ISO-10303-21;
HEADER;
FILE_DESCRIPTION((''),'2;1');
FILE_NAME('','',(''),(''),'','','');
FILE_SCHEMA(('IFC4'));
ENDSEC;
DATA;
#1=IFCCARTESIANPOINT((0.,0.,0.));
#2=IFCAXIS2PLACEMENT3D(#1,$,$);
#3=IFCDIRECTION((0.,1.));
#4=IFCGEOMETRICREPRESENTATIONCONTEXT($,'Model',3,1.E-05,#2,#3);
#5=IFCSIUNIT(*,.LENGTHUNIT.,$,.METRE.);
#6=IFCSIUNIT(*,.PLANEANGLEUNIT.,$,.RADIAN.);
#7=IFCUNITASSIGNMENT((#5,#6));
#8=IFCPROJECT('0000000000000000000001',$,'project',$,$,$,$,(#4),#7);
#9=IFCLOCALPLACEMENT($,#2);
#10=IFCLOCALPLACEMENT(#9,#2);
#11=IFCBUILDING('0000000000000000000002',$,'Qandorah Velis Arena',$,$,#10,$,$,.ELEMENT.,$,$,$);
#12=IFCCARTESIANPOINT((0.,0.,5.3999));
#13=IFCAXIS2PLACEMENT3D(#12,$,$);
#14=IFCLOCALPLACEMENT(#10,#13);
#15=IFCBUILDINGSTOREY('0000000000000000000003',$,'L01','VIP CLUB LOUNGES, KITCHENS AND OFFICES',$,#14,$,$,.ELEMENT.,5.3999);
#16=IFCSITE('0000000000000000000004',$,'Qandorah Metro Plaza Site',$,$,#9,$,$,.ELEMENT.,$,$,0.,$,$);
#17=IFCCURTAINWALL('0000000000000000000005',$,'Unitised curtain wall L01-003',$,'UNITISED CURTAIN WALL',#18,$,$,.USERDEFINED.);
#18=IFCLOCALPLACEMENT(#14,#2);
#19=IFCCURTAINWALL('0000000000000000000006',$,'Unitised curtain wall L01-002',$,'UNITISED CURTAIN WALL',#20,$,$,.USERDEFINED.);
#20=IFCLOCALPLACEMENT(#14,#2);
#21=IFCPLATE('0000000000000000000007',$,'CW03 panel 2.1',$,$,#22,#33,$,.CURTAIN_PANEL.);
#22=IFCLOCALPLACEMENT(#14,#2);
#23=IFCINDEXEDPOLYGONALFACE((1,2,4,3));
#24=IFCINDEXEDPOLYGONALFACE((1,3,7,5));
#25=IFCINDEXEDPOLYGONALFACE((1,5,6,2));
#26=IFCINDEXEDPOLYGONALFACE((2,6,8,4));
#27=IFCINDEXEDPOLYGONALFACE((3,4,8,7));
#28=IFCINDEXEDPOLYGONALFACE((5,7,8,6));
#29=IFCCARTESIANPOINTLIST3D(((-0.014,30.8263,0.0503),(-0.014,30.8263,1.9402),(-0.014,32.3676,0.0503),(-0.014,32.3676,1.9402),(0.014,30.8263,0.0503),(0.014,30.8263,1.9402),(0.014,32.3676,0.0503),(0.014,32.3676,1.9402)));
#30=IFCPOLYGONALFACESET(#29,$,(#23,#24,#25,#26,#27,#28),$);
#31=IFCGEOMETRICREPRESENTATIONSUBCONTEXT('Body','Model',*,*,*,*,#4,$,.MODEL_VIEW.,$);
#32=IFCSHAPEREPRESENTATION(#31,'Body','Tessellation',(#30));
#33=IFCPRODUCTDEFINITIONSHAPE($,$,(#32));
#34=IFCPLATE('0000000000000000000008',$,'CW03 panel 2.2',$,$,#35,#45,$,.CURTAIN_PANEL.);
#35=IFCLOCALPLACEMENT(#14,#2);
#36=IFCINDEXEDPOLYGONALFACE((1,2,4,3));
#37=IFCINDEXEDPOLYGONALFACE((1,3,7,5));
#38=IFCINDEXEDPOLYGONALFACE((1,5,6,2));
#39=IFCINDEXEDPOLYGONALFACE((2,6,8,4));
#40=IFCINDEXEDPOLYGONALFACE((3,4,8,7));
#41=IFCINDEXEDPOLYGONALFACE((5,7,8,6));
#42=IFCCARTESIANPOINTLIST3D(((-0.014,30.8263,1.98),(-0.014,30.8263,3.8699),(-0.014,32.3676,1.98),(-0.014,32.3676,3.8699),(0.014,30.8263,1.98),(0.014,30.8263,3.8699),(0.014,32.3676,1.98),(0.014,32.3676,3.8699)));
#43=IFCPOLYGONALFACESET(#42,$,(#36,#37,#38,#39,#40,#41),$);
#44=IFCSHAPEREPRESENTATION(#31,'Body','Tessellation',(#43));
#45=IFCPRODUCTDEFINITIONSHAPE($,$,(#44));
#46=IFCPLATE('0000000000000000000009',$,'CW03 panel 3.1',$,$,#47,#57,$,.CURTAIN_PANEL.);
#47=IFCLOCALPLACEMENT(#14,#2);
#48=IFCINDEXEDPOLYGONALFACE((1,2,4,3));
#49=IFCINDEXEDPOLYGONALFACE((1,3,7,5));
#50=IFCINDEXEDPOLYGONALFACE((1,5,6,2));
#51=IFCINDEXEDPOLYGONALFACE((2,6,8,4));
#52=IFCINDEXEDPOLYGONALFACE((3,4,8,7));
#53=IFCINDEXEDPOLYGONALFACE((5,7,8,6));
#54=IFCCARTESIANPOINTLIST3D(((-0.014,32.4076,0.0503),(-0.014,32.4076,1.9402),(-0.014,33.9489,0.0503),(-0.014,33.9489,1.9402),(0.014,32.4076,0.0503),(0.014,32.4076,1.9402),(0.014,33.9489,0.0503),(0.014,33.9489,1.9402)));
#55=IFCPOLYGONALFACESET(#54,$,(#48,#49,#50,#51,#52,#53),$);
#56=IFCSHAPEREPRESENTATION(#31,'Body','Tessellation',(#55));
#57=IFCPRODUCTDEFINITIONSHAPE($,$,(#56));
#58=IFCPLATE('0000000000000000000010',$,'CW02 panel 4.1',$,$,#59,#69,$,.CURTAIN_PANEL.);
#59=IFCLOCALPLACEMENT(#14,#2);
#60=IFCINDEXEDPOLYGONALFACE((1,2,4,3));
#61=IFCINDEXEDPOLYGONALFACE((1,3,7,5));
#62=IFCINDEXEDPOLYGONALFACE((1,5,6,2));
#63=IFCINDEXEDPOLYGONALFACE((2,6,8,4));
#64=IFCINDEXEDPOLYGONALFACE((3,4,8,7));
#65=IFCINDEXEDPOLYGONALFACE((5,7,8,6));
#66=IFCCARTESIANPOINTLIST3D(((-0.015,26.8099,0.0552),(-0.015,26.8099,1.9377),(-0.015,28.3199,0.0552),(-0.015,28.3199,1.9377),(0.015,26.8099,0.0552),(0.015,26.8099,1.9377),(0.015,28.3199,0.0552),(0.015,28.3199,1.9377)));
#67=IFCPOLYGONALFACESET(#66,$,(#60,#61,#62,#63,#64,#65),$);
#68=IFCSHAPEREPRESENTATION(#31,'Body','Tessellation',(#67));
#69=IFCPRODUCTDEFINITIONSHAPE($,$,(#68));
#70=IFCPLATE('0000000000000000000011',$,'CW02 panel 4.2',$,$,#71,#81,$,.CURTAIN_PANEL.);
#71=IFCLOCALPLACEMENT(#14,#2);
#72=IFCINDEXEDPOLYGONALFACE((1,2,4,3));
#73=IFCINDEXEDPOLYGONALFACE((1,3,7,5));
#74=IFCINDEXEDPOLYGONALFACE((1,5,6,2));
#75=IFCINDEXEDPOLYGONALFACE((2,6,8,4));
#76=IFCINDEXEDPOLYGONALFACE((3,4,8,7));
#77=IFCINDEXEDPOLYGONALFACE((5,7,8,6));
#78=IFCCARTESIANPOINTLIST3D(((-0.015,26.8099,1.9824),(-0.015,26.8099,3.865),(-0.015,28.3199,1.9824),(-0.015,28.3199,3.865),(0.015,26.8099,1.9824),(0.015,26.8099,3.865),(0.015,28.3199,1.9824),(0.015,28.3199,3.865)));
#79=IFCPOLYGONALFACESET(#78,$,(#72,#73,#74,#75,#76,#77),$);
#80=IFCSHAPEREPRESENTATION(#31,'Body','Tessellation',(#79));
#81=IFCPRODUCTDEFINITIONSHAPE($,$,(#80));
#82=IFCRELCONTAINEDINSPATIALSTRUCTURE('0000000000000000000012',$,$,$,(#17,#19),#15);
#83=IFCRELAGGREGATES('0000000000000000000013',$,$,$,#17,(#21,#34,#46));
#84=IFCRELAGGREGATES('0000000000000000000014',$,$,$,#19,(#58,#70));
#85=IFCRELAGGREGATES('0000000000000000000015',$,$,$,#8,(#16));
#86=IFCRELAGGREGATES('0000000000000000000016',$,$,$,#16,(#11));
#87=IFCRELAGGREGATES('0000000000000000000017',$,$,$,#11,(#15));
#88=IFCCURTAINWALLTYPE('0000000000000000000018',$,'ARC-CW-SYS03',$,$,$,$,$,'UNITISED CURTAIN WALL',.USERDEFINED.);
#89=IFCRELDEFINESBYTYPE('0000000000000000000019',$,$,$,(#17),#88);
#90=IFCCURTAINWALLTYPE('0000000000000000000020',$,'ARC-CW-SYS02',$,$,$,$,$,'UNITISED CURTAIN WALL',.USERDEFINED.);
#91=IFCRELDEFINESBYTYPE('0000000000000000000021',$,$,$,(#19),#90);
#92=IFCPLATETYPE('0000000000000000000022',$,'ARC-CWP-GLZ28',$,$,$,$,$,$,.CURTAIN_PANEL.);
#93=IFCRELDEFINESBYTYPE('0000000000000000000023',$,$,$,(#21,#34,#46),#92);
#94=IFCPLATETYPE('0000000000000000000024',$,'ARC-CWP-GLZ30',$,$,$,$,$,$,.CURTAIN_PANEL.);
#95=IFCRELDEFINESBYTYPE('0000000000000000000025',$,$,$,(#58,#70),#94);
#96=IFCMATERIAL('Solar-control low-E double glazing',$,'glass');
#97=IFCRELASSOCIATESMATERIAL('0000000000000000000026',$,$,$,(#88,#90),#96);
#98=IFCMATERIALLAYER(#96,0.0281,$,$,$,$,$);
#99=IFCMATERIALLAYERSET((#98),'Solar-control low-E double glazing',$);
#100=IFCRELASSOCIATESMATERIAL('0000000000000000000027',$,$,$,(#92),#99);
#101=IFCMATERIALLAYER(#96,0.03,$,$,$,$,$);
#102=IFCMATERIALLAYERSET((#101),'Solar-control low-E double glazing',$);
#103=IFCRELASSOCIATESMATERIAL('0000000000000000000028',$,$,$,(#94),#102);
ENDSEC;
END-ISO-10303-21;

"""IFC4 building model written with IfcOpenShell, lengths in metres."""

from ifc_helpers import new_model, si_unit, direction, frame, origin, origin_2d, place, context, subcontext, project, spatial, rectangle, extrude, material, layer, layer_set, type_object, element, aggregate, save


model = new_model("IFC4")

# Units and contexts
model_context = context("Model", 3, precision=1e-05, world=origin(), true_north=direction((0.0, 1.0)))
body_context = subcontext(model_context, "Body", "Model", "MODEL_VIEW")
ifc_project = project(units=[si_unit("LENGTHUNIT", "METRE"), si_unit("PLANEANGLEUNIT", "RADIAN")], contexts=[model_context])

# Site, building, storey
site_placement = place(None, origin())
site = spatial("IfcSite", under=ifc_project, at=site_placement, Name="Qandorah Metro Plaza Site", CompositionType="ELEMENT", RefElevation=0.0)
building_placement = place(site_placement, origin())
building = spatial("IfcBuilding", under=site, at=building_placement, Name="Qandorah Velis Arena", CompositionType="ELEMENT")
storey_placement = place(building_placement, frame((0.0, 0.0, 5.3999)))
storey = spatial("IfcBuildingStorey", under=building, at=storey_placement, Name="L01", Description="VIP CLUB LOUNGES, KITCHENS AND OFFICES", CompositionType="ELEMENT", Elevation=5.3999)

# Curtain wall
ifc_material_1 = material(Name="Solar-control low-E double glazing", Category="glass")
curtain_wall_type_1 = type_object("IfcCurtainWallType", Name="ARC-CW-SYS03", ElementType="UNITISED CURTAIN WALL", PredefinedType="USERDEFINED", material=ifc_material_1)
curtain_wall_1_placement = place(storey_placement, origin())
curtain_wall_1 = element("IfcCurtainWall", 1, at=curtain_wall_1_placement, inside=storey, type_object=curtain_wall_type_1, Name="Unitised curtain wall L01-003", ObjectType="UNITISED CURTAIN WALL", PredefinedType="USERDEFINED")

# Curtain wall
curtain_wall_type_2 = type_object("IfcCurtainWallType", Name="ARC-CW-SYS02", ElementType="UNITISED CURTAIN WALL", PredefinedType="USERDEFINED", material=ifc_material_1)
curtain_wall_2_placement = place(storey_placement, origin())
curtain_wall_2 = element("IfcCurtainWall", 2, at=curtain_wall_2_placement, inside=storey, type_object=curtain_wall_type_2, Name="Unitised curtain wall L01-002", ObjectType="UNITISED CURTAIN WALL", PredefinedType="USERDEFINED")

# Plates
ifc_layer_1 = layer(ifc_material_1, 0.0281)
ifc_layer_set_1 = layer_set([ifc_layer_1], Name="Solar-control low-E double glazing")
plate_type_1 = type_object("IfcPlateType", Name="ARC-CWP-GLZ28", PredefinedType="CURTAIN_PANEL", material=ifc_layer_set_1)
plate_1_placement = place(storey_placement, frame((0.0, 31.5969, 0.0503), z_axis=(0.0, 0.0, 1.0), x_axis=(0.0, 1.0, 0.0)))
plate_1 = element("IfcPlate", 3, at=plate_1_placement, type_object=plate_type_1, Name="CW03 panel 2.1", PredefinedType="CURTAIN_PANEL", context=body_context, shape_type="SweptSolid", body=[
    extrude(rectangle(XDim=1.5413, YDim=0.0281, at=origin_2d()), origin(), (0.0, 0.0, 1.0), 1.8899),
])
plate_2_placement = place(storey_placement, frame((0.0, 31.5969, 1.98), z_axis=(0.0, 0.0, 1.0), x_axis=(0.0, 1.0, 0.0)))
plate_2 = element("IfcPlate", 4, at=plate_2_placement, type_object=plate_type_1, Name="CW03 panel 2.2", PredefinedType="CURTAIN_PANEL", context=body_context, shape_type="SweptSolid", body=[
    extrude(rectangle(XDim=1.5413, YDim=0.0281, at=origin_2d()), origin(), (0.0, 0.0, 1.0), 1.8899),
])
plate_3_placement = place(storey_placement, frame((0.0, 33.1782, 0.0503), z_axis=(0.0, 0.0, 1.0), x_axis=(0.0, 1.0, 0.0)))
plate_3 = element("IfcPlate", 5, at=plate_3_placement, type_object=plate_type_1, Name="CW03 panel 3.1", PredefinedType="CURTAIN_PANEL", context=body_context, shape_type="SweptSolid", body=[
    extrude(rectangle(XDim=1.5413, YDim=0.0281, at=origin_2d()), origin(), (0.0, 0.0, 1.0), 1.8899),
])
aggregate(curtain_wall_1, [plate_1, plate_2, plate_3])
ifc_layer_2 = layer(ifc_material_1, 0.03)
ifc_layer_set_2 = layer_set([ifc_layer_2], Name="Solar-control low-E double glazing")
plate_type_2 = type_object("IfcPlateType", Name="ARC-CWP-GLZ30", PredefinedType="CURTAIN_PANEL", material=ifc_layer_set_2)
plate_4_placement = place(storey_placement, frame((0.0, 27.5649, 0.0552), z_axis=(0.0, 0.0, 1.0), x_axis=(0.0, 1.0, 0.0)))
plate_4 = element("IfcPlate", 6, at=plate_4_placement, type_object=plate_type_2, Name="CW02 panel 4.1", PredefinedType="CURTAIN_PANEL", context=body_context, shape_type="SweptSolid", body=[
    extrude(rectangle(XDim=1.51, YDim=0.03, at=origin_2d()), origin(), (0.0, 0.0, 1.0), 1.8826),
])
plate_5_placement = place(storey_placement, frame((0.0, 27.5649, 1.9824), z_axis=(0.0, 0.0, 1.0), x_axis=(0.0, 1.0, 0.0)))
plate_5 = element("IfcPlate", 7, at=plate_5_placement, type_object=plate_type_2, Name="CW02 panel 4.2", PredefinedType="CURTAIN_PANEL", context=body_context, shape_type="SweptSolid", body=[
    extrude(rectangle(XDim=1.51, YDim=0.03, at=origin_2d()), origin(), (0.0, 0.0, 1.0), 1.8826),
])
aggregate(curtain_wall_2, [plate_4, plate_5])

save(model, "model.ifc")
